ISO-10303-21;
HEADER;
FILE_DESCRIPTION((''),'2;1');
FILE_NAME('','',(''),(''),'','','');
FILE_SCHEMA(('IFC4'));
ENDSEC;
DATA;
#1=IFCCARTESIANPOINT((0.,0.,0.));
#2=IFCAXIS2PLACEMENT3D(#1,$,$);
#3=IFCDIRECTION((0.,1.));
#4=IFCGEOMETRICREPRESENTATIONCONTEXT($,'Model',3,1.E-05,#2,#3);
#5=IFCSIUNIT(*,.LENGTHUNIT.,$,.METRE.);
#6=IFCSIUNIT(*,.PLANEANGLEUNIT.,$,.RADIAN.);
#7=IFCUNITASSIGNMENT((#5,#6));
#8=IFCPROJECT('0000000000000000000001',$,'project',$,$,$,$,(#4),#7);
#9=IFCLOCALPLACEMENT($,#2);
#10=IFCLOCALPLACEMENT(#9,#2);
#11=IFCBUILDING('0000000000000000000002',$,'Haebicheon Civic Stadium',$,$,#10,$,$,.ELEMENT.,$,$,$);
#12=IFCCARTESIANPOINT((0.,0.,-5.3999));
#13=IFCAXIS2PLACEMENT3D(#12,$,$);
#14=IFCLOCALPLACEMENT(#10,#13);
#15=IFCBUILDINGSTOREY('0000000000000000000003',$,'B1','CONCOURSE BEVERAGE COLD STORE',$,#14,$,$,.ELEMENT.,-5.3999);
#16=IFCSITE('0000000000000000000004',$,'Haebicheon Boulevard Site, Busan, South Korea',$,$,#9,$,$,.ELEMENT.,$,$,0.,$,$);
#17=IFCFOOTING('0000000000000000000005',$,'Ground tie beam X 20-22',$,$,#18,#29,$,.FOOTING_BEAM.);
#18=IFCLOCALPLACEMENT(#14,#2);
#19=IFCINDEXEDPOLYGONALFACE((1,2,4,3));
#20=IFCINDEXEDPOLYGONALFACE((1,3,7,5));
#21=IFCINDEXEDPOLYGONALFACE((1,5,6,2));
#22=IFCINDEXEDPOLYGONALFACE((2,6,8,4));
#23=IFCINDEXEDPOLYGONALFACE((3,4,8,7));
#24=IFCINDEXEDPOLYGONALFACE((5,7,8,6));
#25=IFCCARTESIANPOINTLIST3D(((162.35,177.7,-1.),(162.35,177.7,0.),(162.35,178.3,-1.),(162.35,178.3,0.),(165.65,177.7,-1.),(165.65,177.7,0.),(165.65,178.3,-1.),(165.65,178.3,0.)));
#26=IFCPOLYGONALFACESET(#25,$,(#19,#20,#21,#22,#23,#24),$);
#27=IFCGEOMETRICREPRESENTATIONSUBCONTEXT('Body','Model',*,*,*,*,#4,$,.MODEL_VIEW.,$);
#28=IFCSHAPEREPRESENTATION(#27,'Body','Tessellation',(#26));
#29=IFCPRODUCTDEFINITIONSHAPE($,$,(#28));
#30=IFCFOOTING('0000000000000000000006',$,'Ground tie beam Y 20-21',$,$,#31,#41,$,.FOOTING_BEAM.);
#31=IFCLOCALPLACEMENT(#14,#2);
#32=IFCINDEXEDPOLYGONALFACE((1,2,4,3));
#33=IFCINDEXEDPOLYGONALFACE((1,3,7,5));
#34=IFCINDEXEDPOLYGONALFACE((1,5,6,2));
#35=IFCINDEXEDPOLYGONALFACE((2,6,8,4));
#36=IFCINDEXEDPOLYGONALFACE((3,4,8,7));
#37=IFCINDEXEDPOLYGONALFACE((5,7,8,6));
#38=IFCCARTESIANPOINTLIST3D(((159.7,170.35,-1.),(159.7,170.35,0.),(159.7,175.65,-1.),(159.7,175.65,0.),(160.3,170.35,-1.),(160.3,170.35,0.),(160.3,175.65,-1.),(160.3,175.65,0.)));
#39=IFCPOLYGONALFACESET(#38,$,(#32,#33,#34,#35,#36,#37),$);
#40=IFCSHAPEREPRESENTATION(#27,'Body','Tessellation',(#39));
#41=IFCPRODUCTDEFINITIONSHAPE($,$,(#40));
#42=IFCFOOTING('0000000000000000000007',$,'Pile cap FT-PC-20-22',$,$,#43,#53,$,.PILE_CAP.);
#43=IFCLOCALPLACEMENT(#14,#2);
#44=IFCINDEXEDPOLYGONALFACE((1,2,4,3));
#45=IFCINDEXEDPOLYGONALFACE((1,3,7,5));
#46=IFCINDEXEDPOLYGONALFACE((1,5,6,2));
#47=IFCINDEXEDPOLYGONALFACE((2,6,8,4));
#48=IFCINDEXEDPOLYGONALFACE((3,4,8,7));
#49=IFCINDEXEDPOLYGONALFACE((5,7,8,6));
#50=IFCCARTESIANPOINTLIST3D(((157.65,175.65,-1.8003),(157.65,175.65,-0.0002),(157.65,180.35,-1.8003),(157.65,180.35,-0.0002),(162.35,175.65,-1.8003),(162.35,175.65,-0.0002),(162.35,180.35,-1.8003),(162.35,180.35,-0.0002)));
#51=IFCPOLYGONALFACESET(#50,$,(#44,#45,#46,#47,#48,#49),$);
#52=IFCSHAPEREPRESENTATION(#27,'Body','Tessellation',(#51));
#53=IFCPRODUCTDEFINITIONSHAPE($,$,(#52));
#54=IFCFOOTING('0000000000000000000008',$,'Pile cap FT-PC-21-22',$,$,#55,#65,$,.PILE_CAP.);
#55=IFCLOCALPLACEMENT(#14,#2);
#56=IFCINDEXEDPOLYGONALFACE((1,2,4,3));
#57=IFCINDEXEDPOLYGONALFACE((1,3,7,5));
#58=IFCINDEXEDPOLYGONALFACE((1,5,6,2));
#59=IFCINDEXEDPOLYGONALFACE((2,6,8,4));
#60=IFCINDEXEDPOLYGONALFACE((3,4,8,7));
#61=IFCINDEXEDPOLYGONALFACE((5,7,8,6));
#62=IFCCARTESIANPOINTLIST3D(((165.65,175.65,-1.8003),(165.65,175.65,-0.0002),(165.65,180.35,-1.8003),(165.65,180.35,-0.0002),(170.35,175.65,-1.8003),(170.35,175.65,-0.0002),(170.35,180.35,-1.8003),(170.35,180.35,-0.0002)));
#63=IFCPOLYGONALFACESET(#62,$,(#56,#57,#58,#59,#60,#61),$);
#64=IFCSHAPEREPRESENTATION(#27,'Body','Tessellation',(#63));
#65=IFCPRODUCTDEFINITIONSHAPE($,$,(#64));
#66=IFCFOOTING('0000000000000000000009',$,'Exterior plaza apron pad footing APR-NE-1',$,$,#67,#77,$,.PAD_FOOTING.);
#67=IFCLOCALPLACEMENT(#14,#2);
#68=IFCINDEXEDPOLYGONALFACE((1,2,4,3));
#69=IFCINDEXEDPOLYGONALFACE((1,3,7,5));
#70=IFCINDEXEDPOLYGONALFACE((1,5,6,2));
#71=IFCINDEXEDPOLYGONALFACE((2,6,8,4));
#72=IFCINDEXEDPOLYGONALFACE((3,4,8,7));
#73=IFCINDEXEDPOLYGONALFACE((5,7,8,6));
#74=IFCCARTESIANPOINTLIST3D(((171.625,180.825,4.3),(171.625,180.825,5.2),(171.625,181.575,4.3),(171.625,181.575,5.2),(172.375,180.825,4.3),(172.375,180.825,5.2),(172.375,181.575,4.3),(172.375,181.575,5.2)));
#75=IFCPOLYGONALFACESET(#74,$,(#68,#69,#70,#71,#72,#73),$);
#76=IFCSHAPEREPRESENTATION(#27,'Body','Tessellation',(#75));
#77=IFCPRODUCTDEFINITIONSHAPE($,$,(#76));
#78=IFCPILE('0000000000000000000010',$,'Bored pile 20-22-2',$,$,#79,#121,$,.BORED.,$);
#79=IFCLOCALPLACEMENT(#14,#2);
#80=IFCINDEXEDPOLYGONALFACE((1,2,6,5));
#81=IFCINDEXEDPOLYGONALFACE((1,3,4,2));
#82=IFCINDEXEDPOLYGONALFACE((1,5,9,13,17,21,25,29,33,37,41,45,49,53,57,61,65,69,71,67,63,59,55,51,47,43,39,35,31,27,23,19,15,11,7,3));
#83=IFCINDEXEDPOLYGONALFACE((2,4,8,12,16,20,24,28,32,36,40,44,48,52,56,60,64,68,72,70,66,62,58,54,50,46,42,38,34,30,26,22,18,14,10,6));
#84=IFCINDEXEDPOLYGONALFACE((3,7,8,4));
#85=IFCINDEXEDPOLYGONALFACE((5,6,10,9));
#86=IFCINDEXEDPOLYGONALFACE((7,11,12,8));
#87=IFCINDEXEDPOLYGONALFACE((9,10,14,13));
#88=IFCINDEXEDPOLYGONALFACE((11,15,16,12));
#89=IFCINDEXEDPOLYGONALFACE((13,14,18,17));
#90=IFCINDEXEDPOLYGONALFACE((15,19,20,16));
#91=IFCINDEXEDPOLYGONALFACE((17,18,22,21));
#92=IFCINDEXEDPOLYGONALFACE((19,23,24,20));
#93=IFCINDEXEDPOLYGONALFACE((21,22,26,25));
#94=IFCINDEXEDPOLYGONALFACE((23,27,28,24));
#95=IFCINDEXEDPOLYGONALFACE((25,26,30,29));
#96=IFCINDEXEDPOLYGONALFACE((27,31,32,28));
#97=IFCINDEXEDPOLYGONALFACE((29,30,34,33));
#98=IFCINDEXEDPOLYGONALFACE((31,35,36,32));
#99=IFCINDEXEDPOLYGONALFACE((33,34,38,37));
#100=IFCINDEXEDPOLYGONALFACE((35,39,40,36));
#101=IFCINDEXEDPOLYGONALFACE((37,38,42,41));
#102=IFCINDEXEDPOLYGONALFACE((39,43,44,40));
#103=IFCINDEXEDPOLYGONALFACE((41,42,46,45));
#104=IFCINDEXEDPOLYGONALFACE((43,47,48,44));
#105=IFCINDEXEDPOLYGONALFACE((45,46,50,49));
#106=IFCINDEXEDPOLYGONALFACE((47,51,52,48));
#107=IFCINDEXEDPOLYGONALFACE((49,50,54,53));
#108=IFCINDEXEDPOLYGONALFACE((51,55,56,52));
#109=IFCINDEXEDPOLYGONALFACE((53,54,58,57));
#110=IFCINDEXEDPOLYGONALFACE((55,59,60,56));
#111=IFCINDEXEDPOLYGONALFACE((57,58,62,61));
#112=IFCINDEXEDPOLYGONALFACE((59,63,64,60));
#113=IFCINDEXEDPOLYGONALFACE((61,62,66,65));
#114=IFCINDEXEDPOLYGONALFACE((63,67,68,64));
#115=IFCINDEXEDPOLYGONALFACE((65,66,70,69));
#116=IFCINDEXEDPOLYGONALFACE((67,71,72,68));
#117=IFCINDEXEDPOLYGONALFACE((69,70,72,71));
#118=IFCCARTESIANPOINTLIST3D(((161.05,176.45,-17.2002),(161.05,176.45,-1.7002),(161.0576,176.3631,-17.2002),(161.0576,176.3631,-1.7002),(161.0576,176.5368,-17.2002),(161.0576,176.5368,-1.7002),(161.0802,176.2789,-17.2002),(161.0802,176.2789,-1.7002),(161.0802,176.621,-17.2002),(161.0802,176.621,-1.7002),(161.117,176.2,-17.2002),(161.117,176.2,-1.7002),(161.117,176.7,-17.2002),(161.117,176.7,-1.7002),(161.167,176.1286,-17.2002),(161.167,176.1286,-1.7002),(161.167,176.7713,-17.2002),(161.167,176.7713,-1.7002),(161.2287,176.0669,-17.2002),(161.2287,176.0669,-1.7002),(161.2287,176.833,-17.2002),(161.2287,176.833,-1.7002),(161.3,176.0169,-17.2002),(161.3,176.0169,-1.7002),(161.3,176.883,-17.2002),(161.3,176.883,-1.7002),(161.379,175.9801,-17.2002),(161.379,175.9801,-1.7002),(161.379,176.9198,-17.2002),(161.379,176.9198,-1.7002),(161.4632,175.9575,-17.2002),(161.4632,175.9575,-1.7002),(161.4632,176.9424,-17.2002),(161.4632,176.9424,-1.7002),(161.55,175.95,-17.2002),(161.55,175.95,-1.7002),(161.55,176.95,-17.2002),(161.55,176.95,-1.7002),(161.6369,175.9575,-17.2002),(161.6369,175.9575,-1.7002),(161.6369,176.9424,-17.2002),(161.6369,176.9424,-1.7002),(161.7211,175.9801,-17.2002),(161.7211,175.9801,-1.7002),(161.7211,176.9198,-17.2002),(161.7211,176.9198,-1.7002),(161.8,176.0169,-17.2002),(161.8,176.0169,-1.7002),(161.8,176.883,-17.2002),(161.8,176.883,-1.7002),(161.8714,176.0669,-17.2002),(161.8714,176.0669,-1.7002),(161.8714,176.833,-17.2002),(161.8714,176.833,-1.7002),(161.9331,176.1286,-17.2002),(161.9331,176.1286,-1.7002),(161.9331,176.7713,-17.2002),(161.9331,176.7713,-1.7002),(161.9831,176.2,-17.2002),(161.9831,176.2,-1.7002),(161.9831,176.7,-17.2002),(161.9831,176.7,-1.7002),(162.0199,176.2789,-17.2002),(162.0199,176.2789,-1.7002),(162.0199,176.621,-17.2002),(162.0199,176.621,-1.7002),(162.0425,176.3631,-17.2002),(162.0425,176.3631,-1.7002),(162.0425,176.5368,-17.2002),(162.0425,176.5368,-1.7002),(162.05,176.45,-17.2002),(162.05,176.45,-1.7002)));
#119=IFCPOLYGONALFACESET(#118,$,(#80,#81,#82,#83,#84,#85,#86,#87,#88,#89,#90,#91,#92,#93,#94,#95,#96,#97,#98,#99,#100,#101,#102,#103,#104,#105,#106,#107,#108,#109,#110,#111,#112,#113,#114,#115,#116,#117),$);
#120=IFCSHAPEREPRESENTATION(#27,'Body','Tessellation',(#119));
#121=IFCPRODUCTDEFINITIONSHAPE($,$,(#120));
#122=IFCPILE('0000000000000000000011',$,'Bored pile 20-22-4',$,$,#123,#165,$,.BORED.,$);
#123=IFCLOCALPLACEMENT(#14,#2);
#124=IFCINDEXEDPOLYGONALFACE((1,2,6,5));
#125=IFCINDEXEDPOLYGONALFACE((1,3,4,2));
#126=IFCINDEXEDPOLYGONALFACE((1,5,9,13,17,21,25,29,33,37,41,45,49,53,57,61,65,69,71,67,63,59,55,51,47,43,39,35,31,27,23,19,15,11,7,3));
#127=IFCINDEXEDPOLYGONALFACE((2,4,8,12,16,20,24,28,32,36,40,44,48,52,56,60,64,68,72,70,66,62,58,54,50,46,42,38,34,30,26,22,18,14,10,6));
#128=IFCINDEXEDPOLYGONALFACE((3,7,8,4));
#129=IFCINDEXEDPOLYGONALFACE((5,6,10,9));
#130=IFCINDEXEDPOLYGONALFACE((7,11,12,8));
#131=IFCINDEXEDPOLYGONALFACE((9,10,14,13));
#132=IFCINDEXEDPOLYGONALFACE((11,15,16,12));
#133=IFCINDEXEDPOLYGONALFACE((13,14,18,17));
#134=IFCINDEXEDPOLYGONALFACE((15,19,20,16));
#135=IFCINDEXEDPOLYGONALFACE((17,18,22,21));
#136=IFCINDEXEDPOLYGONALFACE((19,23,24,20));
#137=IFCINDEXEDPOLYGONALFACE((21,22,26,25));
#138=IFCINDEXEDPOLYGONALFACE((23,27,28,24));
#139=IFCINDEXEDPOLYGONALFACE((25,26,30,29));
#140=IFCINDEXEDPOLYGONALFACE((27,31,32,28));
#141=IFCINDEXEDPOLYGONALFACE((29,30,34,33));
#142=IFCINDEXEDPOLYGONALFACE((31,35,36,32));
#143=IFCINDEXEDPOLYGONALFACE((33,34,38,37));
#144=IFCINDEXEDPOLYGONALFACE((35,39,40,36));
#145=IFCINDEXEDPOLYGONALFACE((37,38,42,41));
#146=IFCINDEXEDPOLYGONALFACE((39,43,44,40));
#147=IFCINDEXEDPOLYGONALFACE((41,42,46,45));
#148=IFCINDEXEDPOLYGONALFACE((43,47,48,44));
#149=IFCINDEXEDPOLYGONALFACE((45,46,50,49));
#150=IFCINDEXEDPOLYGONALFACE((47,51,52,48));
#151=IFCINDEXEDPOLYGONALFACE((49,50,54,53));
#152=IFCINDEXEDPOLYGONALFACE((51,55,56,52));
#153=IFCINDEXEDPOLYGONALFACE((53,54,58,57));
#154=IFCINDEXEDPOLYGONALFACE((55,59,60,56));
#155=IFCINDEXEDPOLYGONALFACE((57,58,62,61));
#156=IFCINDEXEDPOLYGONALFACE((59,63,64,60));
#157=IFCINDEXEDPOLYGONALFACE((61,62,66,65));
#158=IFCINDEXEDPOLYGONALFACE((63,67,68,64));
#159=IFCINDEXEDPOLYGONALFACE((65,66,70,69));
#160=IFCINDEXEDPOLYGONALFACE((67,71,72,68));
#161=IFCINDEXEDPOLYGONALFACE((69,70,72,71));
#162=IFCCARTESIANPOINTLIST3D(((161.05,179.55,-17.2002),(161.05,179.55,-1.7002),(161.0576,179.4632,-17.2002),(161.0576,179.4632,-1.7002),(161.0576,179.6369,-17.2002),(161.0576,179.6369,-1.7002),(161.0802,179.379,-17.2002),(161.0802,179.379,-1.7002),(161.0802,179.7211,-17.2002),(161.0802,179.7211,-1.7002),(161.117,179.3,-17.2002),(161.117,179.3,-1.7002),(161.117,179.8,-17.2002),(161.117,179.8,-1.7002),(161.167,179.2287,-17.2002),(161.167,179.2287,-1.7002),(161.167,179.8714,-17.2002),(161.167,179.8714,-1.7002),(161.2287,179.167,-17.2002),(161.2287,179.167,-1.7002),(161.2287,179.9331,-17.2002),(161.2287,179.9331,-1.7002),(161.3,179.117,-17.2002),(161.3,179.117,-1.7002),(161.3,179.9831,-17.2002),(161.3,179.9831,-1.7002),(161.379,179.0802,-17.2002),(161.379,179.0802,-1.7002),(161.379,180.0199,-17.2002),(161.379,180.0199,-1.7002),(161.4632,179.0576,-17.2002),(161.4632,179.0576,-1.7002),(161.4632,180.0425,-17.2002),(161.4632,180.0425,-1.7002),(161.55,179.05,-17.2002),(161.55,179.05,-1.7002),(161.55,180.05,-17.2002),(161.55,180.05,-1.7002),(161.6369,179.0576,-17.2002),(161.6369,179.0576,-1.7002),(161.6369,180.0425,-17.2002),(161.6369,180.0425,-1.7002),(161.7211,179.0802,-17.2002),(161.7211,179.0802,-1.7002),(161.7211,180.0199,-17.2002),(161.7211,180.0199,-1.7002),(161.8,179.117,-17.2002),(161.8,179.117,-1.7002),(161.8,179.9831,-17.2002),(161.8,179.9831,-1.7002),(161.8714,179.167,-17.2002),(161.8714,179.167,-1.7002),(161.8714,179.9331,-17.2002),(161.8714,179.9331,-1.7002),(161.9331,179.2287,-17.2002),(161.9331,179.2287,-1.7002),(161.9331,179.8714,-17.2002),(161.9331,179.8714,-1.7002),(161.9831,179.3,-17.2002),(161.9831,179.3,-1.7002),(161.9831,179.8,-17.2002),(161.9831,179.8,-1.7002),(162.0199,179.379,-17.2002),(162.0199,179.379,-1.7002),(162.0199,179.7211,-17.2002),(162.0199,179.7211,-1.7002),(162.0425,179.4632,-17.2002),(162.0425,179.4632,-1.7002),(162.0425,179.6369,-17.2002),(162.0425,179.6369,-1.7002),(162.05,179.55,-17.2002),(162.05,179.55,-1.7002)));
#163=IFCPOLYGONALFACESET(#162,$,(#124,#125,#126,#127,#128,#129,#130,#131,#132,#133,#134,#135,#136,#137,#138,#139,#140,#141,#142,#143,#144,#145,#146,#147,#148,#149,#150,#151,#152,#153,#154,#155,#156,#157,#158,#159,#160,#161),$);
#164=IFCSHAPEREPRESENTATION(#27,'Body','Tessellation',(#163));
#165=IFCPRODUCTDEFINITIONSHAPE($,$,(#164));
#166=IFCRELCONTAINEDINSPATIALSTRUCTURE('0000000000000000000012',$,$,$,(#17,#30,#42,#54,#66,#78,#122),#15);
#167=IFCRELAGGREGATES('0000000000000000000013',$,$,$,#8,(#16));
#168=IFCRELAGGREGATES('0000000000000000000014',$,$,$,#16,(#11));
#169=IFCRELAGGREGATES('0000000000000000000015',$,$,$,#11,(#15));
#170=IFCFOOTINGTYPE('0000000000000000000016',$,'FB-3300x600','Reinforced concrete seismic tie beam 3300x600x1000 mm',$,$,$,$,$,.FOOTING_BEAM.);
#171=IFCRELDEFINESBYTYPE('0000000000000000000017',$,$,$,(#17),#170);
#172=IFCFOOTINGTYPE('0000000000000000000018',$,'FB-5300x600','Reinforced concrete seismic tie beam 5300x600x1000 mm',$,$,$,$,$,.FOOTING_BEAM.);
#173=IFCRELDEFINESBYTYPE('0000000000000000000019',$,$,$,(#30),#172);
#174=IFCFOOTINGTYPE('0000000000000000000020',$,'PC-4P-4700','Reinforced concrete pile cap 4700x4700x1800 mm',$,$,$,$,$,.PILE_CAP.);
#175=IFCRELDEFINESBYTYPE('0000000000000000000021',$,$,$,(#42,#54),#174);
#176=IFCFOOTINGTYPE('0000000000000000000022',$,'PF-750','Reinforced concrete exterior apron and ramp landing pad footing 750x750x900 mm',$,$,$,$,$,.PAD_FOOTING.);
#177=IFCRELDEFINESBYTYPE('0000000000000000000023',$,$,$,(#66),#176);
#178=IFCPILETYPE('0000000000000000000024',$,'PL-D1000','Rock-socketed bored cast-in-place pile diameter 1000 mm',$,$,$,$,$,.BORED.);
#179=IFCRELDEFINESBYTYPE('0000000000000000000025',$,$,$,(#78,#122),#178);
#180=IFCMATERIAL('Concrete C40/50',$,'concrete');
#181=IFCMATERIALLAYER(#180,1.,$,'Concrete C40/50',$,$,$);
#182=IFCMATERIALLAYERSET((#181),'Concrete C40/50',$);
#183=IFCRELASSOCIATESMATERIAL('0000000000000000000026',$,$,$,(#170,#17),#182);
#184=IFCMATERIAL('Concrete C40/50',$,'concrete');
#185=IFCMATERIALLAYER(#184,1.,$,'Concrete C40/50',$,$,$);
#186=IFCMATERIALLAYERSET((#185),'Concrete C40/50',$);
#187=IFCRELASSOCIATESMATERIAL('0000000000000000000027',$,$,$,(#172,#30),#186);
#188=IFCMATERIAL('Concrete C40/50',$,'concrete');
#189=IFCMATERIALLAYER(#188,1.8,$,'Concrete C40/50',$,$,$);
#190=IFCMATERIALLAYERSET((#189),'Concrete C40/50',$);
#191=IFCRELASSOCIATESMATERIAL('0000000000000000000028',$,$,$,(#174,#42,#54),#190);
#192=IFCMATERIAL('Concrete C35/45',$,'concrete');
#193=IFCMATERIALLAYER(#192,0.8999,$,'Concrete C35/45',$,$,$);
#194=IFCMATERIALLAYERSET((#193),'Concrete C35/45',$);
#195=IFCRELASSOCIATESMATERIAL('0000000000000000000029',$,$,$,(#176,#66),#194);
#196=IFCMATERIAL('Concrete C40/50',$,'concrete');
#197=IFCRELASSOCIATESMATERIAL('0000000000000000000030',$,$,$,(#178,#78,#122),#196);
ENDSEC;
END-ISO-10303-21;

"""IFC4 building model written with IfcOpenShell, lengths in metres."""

from ifc_helpers import new_model, si_unit, direction, frame, origin, origin_2d, place, context, subcontext, project, spatial, rectangle, circle, extrude, material, layer, layer_set, material_profile, profile_set, type_object, element, save


model = new_model("IFC4")

# Units and contexts
model_context = context("Model", 3, precision=1e-05, world=origin(), true_north=direction((0.0, 1.0)))
body_context = subcontext(model_context, "Body", "Model", "MODEL_VIEW")
ifc_project = project(units=[si_unit("LENGTHUNIT", "METRE"), si_unit("PLANEANGLEUNIT", "RADIAN")], contexts=[model_context])

# Site, building, storey
site_placement = place(None, origin())
site = spatial("IfcSite", under=ifc_project, at=site_placement, Name="Haebicheon Boulevard Site, Busan, South Korea", CompositionType="ELEMENT", RefElevation=0.0)
building_placement = place(site_placement, origin())
building = spatial("IfcBuilding", under=site, at=building_placement, Name="Haebicheon Civic Stadium", CompositionType="ELEMENT")
storey_placement = place(building_placement, frame((0.0, 0.0, -5.3999)))
storey = spatial("IfcBuildingStorey", under=building, at=storey_placement, Name="B1", Description="CONCOURSE BEVERAGE COLD STORE", CompositionType="ELEMENT", Elevation=-5.3999)

# Footings
ifc_material_1 = material(Name="Concrete C40/50", Category="concrete")
ifc_layer_1 = layer(ifc_material_1, 1.0, Name="Concrete C40/50")
ifc_layer_set_1 = layer_set([ifc_layer_1], Name="Concrete C40/50")
footing_type_1 = type_object("IfcFootingType", Name="FB-3300x600", Description="Reinforced concrete seismic tie beam 3300x600x1000 mm", PredefinedType="FOOTING_BEAM", material=ifc_layer_set_1)
footing_1_placement = place(storey_placement, frame((164.0, 178.0, -1.0), z_axis=(0.0, 0.0, 1.0), x_axis=(1.0, 0.0, 0.0)))
element("IfcFooting", 1, at=footing_1_placement, inside=storey, type_object=footing_type_1, material=ifc_layer_set_1, Name="Ground tie beam X 20-22", PredefinedType="FOOTING_BEAM", context=body_context, shape_type="SweptSolid", body=[
    extrude(rectangle(XDim=3.3, YDim=0.6001, at=origin_2d()), origin(), (0.0, 0.0, 1.0), 1.0),
])
ifc_material_2 = material(Name="Concrete C40/50", Category="concrete")
ifc_layer_2 = layer(ifc_material_2, 1.0, Name="Concrete C40/50")
ifc_layer_set_2 = layer_set([ifc_layer_2], Name="Concrete C40/50")
footing_type_2 = type_object("IfcFootingType", Name="FB-5300x600", Description="Reinforced concrete seismic tie beam 5300x600x1000 mm", PredefinedType="FOOTING_BEAM", material=ifc_layer_set_2)
footing_2_placement = place(storey_placement, frame((160.0, 173.0, -1.0), z_axis=(0.0, 0.0, 1.0), x_axis=(0.0, 1.0, 0.0)))
element("IfcFooting", 2, at=footing_2_placement, inside=storey, type_object=footing_type_2, material=ifc_layer_set_2, Name="Ground tie beam Y 20-21", PredefinedType="FOOTING_BEAM", context=body_context, shape_type="SweptSolid", body=[
    extrude(rectangle(XDim=5.3, YDim=0.6001, at=origin_2d()), origin(), (0.0, 0.0, 1.0), 1.0),
])
ifc_material_3 = material(Name="Concrete C40/50", Category="concrete")
ifc_layer_3 = layer(ifc_material_3, 1.8, Name="Concrete C40/50")
ifc_layer_set_3 = layer_set([ifc_layer_3], Name="Concrete C40/50")
footing_type_3 = type_object("IfcFootingType", Name="PC-4P-4700", Description="Reinforced concrete pile cap 4700x4700x1800 mm", PredefinedType="PILE_CAP", material=ifc_layer_set_3)
for number, where, z_axis, x_axis, name in (
    (3, (160.0, 178.0, -1.8003), (0.0, 0.0, 1.0), (1.0, 0.0, 0.0), "Pile cap FT-PC-20-22"),
    (4, (168.0, 178.0, -1.8003), (0.0, 0.0, 1.0), (1.0, 0.0, 0.0), "Pile cap FT-PC-21-22"),
):
    element("IfcFooting", number, at=place(storey_placement, frame(where, z_axis=z_axis, x_axis=x_axis)), inside=storey, type_object=footing_type_3, material=ifc_layer_set_3, Name=name, PredefinedType="PILE_CAP", context=body_context, shape_type="SweptSolid", body=[
        extrude(rectangle(XDim=4.7, YDim=4.7, at=origin_2d()), origin(), (0.0, 0.0, 1.0), 1.8),
    ])
ifc_material_4 = material(Name="Concrete C35/45", Category="concrete")
ifc_layer_4 = layer(ifc_material_4, 0.8999, Name="Concrete C35/45")
ifc_layer_set_4 = layer_set([ifc_layer_4], Name="Concrete C35/45")
footing_type_4 = type_object("IfcFootingType", Name="PF-750", Description="Reinforced concrete exterior apron and ramp landing pad footing 750x750x900 mm", PredefinedType="PAD_FOOTING", material=ifc_layer_set_4)
footing_3_placement = place(storey_placement, frame((172.0, 181.2, 4.3), z_axis=(0.0, 0.0, 1.0), x_axis=(1.0, 0.0, 0.0)))
element("IfcFooting", 5, at=footing_3_placement, inside=storey, type_object=footing_type_4, material=ifc_layer_set_4, Name="Exterior plaza apron pad footing APR-NE-1", PredefinedType="PAD_FOOTING", context=body_context, shape_type="SweptSolid", body=[
    extrude(rectangle(XDim=0.75, YDim=0.75, at=origin_2d()), origin(), (0.0, 0.0, 1.0), 0.8999),
])

# Piles
ifc_material_5 = material(Name="Concrete C40/50", Category="concrete")
ifc_material_profile_1 = material_profile(ifc_material_5, circle(Radius=0.5, at=origin_2d()), Name="PILE-D1000")
ifc_profile_set_1 = profile_set([ifc_material_profile_1], Name="Concrete C40/50")
pile_type = type_object("IfcPileType", Name="PL-D1000", Description="Rock-socketed bored cast-in-place pile diameter 1000 mm", PredefinedType="BORED", material=ifc_profile_set_1)
for number, where, z_axis, x_axis, name in (
    (6, (161.55, 176.45, -1.7002), (0.0, 0.0, -1.0), (1.0, 0.0, 0.0), "Bored pile 20-22-2"),
    (7, (161.55, 179.55, -1.7002), (0.0, 0.0, -1.0), (1.0, 0.0, 0.0), "Bored pile 20-22-4"),
):
    element("IfcPile", number, at=place(storey_placement, frame(where, z_axis=z_axis, x_axis=x_axis)), inside=storey, type_object=pile_type, material=ifc_profile_set_1, Name=name, PredefinedType="BORED", context=body_context, shape_type="SweptSolid", body=[
        extrude(circle(Radius=0.5, at=origin_2d()), origin(), (0.0, 0.0, 1.0), 15.5),
    ])

save(model, "model.ifc")
